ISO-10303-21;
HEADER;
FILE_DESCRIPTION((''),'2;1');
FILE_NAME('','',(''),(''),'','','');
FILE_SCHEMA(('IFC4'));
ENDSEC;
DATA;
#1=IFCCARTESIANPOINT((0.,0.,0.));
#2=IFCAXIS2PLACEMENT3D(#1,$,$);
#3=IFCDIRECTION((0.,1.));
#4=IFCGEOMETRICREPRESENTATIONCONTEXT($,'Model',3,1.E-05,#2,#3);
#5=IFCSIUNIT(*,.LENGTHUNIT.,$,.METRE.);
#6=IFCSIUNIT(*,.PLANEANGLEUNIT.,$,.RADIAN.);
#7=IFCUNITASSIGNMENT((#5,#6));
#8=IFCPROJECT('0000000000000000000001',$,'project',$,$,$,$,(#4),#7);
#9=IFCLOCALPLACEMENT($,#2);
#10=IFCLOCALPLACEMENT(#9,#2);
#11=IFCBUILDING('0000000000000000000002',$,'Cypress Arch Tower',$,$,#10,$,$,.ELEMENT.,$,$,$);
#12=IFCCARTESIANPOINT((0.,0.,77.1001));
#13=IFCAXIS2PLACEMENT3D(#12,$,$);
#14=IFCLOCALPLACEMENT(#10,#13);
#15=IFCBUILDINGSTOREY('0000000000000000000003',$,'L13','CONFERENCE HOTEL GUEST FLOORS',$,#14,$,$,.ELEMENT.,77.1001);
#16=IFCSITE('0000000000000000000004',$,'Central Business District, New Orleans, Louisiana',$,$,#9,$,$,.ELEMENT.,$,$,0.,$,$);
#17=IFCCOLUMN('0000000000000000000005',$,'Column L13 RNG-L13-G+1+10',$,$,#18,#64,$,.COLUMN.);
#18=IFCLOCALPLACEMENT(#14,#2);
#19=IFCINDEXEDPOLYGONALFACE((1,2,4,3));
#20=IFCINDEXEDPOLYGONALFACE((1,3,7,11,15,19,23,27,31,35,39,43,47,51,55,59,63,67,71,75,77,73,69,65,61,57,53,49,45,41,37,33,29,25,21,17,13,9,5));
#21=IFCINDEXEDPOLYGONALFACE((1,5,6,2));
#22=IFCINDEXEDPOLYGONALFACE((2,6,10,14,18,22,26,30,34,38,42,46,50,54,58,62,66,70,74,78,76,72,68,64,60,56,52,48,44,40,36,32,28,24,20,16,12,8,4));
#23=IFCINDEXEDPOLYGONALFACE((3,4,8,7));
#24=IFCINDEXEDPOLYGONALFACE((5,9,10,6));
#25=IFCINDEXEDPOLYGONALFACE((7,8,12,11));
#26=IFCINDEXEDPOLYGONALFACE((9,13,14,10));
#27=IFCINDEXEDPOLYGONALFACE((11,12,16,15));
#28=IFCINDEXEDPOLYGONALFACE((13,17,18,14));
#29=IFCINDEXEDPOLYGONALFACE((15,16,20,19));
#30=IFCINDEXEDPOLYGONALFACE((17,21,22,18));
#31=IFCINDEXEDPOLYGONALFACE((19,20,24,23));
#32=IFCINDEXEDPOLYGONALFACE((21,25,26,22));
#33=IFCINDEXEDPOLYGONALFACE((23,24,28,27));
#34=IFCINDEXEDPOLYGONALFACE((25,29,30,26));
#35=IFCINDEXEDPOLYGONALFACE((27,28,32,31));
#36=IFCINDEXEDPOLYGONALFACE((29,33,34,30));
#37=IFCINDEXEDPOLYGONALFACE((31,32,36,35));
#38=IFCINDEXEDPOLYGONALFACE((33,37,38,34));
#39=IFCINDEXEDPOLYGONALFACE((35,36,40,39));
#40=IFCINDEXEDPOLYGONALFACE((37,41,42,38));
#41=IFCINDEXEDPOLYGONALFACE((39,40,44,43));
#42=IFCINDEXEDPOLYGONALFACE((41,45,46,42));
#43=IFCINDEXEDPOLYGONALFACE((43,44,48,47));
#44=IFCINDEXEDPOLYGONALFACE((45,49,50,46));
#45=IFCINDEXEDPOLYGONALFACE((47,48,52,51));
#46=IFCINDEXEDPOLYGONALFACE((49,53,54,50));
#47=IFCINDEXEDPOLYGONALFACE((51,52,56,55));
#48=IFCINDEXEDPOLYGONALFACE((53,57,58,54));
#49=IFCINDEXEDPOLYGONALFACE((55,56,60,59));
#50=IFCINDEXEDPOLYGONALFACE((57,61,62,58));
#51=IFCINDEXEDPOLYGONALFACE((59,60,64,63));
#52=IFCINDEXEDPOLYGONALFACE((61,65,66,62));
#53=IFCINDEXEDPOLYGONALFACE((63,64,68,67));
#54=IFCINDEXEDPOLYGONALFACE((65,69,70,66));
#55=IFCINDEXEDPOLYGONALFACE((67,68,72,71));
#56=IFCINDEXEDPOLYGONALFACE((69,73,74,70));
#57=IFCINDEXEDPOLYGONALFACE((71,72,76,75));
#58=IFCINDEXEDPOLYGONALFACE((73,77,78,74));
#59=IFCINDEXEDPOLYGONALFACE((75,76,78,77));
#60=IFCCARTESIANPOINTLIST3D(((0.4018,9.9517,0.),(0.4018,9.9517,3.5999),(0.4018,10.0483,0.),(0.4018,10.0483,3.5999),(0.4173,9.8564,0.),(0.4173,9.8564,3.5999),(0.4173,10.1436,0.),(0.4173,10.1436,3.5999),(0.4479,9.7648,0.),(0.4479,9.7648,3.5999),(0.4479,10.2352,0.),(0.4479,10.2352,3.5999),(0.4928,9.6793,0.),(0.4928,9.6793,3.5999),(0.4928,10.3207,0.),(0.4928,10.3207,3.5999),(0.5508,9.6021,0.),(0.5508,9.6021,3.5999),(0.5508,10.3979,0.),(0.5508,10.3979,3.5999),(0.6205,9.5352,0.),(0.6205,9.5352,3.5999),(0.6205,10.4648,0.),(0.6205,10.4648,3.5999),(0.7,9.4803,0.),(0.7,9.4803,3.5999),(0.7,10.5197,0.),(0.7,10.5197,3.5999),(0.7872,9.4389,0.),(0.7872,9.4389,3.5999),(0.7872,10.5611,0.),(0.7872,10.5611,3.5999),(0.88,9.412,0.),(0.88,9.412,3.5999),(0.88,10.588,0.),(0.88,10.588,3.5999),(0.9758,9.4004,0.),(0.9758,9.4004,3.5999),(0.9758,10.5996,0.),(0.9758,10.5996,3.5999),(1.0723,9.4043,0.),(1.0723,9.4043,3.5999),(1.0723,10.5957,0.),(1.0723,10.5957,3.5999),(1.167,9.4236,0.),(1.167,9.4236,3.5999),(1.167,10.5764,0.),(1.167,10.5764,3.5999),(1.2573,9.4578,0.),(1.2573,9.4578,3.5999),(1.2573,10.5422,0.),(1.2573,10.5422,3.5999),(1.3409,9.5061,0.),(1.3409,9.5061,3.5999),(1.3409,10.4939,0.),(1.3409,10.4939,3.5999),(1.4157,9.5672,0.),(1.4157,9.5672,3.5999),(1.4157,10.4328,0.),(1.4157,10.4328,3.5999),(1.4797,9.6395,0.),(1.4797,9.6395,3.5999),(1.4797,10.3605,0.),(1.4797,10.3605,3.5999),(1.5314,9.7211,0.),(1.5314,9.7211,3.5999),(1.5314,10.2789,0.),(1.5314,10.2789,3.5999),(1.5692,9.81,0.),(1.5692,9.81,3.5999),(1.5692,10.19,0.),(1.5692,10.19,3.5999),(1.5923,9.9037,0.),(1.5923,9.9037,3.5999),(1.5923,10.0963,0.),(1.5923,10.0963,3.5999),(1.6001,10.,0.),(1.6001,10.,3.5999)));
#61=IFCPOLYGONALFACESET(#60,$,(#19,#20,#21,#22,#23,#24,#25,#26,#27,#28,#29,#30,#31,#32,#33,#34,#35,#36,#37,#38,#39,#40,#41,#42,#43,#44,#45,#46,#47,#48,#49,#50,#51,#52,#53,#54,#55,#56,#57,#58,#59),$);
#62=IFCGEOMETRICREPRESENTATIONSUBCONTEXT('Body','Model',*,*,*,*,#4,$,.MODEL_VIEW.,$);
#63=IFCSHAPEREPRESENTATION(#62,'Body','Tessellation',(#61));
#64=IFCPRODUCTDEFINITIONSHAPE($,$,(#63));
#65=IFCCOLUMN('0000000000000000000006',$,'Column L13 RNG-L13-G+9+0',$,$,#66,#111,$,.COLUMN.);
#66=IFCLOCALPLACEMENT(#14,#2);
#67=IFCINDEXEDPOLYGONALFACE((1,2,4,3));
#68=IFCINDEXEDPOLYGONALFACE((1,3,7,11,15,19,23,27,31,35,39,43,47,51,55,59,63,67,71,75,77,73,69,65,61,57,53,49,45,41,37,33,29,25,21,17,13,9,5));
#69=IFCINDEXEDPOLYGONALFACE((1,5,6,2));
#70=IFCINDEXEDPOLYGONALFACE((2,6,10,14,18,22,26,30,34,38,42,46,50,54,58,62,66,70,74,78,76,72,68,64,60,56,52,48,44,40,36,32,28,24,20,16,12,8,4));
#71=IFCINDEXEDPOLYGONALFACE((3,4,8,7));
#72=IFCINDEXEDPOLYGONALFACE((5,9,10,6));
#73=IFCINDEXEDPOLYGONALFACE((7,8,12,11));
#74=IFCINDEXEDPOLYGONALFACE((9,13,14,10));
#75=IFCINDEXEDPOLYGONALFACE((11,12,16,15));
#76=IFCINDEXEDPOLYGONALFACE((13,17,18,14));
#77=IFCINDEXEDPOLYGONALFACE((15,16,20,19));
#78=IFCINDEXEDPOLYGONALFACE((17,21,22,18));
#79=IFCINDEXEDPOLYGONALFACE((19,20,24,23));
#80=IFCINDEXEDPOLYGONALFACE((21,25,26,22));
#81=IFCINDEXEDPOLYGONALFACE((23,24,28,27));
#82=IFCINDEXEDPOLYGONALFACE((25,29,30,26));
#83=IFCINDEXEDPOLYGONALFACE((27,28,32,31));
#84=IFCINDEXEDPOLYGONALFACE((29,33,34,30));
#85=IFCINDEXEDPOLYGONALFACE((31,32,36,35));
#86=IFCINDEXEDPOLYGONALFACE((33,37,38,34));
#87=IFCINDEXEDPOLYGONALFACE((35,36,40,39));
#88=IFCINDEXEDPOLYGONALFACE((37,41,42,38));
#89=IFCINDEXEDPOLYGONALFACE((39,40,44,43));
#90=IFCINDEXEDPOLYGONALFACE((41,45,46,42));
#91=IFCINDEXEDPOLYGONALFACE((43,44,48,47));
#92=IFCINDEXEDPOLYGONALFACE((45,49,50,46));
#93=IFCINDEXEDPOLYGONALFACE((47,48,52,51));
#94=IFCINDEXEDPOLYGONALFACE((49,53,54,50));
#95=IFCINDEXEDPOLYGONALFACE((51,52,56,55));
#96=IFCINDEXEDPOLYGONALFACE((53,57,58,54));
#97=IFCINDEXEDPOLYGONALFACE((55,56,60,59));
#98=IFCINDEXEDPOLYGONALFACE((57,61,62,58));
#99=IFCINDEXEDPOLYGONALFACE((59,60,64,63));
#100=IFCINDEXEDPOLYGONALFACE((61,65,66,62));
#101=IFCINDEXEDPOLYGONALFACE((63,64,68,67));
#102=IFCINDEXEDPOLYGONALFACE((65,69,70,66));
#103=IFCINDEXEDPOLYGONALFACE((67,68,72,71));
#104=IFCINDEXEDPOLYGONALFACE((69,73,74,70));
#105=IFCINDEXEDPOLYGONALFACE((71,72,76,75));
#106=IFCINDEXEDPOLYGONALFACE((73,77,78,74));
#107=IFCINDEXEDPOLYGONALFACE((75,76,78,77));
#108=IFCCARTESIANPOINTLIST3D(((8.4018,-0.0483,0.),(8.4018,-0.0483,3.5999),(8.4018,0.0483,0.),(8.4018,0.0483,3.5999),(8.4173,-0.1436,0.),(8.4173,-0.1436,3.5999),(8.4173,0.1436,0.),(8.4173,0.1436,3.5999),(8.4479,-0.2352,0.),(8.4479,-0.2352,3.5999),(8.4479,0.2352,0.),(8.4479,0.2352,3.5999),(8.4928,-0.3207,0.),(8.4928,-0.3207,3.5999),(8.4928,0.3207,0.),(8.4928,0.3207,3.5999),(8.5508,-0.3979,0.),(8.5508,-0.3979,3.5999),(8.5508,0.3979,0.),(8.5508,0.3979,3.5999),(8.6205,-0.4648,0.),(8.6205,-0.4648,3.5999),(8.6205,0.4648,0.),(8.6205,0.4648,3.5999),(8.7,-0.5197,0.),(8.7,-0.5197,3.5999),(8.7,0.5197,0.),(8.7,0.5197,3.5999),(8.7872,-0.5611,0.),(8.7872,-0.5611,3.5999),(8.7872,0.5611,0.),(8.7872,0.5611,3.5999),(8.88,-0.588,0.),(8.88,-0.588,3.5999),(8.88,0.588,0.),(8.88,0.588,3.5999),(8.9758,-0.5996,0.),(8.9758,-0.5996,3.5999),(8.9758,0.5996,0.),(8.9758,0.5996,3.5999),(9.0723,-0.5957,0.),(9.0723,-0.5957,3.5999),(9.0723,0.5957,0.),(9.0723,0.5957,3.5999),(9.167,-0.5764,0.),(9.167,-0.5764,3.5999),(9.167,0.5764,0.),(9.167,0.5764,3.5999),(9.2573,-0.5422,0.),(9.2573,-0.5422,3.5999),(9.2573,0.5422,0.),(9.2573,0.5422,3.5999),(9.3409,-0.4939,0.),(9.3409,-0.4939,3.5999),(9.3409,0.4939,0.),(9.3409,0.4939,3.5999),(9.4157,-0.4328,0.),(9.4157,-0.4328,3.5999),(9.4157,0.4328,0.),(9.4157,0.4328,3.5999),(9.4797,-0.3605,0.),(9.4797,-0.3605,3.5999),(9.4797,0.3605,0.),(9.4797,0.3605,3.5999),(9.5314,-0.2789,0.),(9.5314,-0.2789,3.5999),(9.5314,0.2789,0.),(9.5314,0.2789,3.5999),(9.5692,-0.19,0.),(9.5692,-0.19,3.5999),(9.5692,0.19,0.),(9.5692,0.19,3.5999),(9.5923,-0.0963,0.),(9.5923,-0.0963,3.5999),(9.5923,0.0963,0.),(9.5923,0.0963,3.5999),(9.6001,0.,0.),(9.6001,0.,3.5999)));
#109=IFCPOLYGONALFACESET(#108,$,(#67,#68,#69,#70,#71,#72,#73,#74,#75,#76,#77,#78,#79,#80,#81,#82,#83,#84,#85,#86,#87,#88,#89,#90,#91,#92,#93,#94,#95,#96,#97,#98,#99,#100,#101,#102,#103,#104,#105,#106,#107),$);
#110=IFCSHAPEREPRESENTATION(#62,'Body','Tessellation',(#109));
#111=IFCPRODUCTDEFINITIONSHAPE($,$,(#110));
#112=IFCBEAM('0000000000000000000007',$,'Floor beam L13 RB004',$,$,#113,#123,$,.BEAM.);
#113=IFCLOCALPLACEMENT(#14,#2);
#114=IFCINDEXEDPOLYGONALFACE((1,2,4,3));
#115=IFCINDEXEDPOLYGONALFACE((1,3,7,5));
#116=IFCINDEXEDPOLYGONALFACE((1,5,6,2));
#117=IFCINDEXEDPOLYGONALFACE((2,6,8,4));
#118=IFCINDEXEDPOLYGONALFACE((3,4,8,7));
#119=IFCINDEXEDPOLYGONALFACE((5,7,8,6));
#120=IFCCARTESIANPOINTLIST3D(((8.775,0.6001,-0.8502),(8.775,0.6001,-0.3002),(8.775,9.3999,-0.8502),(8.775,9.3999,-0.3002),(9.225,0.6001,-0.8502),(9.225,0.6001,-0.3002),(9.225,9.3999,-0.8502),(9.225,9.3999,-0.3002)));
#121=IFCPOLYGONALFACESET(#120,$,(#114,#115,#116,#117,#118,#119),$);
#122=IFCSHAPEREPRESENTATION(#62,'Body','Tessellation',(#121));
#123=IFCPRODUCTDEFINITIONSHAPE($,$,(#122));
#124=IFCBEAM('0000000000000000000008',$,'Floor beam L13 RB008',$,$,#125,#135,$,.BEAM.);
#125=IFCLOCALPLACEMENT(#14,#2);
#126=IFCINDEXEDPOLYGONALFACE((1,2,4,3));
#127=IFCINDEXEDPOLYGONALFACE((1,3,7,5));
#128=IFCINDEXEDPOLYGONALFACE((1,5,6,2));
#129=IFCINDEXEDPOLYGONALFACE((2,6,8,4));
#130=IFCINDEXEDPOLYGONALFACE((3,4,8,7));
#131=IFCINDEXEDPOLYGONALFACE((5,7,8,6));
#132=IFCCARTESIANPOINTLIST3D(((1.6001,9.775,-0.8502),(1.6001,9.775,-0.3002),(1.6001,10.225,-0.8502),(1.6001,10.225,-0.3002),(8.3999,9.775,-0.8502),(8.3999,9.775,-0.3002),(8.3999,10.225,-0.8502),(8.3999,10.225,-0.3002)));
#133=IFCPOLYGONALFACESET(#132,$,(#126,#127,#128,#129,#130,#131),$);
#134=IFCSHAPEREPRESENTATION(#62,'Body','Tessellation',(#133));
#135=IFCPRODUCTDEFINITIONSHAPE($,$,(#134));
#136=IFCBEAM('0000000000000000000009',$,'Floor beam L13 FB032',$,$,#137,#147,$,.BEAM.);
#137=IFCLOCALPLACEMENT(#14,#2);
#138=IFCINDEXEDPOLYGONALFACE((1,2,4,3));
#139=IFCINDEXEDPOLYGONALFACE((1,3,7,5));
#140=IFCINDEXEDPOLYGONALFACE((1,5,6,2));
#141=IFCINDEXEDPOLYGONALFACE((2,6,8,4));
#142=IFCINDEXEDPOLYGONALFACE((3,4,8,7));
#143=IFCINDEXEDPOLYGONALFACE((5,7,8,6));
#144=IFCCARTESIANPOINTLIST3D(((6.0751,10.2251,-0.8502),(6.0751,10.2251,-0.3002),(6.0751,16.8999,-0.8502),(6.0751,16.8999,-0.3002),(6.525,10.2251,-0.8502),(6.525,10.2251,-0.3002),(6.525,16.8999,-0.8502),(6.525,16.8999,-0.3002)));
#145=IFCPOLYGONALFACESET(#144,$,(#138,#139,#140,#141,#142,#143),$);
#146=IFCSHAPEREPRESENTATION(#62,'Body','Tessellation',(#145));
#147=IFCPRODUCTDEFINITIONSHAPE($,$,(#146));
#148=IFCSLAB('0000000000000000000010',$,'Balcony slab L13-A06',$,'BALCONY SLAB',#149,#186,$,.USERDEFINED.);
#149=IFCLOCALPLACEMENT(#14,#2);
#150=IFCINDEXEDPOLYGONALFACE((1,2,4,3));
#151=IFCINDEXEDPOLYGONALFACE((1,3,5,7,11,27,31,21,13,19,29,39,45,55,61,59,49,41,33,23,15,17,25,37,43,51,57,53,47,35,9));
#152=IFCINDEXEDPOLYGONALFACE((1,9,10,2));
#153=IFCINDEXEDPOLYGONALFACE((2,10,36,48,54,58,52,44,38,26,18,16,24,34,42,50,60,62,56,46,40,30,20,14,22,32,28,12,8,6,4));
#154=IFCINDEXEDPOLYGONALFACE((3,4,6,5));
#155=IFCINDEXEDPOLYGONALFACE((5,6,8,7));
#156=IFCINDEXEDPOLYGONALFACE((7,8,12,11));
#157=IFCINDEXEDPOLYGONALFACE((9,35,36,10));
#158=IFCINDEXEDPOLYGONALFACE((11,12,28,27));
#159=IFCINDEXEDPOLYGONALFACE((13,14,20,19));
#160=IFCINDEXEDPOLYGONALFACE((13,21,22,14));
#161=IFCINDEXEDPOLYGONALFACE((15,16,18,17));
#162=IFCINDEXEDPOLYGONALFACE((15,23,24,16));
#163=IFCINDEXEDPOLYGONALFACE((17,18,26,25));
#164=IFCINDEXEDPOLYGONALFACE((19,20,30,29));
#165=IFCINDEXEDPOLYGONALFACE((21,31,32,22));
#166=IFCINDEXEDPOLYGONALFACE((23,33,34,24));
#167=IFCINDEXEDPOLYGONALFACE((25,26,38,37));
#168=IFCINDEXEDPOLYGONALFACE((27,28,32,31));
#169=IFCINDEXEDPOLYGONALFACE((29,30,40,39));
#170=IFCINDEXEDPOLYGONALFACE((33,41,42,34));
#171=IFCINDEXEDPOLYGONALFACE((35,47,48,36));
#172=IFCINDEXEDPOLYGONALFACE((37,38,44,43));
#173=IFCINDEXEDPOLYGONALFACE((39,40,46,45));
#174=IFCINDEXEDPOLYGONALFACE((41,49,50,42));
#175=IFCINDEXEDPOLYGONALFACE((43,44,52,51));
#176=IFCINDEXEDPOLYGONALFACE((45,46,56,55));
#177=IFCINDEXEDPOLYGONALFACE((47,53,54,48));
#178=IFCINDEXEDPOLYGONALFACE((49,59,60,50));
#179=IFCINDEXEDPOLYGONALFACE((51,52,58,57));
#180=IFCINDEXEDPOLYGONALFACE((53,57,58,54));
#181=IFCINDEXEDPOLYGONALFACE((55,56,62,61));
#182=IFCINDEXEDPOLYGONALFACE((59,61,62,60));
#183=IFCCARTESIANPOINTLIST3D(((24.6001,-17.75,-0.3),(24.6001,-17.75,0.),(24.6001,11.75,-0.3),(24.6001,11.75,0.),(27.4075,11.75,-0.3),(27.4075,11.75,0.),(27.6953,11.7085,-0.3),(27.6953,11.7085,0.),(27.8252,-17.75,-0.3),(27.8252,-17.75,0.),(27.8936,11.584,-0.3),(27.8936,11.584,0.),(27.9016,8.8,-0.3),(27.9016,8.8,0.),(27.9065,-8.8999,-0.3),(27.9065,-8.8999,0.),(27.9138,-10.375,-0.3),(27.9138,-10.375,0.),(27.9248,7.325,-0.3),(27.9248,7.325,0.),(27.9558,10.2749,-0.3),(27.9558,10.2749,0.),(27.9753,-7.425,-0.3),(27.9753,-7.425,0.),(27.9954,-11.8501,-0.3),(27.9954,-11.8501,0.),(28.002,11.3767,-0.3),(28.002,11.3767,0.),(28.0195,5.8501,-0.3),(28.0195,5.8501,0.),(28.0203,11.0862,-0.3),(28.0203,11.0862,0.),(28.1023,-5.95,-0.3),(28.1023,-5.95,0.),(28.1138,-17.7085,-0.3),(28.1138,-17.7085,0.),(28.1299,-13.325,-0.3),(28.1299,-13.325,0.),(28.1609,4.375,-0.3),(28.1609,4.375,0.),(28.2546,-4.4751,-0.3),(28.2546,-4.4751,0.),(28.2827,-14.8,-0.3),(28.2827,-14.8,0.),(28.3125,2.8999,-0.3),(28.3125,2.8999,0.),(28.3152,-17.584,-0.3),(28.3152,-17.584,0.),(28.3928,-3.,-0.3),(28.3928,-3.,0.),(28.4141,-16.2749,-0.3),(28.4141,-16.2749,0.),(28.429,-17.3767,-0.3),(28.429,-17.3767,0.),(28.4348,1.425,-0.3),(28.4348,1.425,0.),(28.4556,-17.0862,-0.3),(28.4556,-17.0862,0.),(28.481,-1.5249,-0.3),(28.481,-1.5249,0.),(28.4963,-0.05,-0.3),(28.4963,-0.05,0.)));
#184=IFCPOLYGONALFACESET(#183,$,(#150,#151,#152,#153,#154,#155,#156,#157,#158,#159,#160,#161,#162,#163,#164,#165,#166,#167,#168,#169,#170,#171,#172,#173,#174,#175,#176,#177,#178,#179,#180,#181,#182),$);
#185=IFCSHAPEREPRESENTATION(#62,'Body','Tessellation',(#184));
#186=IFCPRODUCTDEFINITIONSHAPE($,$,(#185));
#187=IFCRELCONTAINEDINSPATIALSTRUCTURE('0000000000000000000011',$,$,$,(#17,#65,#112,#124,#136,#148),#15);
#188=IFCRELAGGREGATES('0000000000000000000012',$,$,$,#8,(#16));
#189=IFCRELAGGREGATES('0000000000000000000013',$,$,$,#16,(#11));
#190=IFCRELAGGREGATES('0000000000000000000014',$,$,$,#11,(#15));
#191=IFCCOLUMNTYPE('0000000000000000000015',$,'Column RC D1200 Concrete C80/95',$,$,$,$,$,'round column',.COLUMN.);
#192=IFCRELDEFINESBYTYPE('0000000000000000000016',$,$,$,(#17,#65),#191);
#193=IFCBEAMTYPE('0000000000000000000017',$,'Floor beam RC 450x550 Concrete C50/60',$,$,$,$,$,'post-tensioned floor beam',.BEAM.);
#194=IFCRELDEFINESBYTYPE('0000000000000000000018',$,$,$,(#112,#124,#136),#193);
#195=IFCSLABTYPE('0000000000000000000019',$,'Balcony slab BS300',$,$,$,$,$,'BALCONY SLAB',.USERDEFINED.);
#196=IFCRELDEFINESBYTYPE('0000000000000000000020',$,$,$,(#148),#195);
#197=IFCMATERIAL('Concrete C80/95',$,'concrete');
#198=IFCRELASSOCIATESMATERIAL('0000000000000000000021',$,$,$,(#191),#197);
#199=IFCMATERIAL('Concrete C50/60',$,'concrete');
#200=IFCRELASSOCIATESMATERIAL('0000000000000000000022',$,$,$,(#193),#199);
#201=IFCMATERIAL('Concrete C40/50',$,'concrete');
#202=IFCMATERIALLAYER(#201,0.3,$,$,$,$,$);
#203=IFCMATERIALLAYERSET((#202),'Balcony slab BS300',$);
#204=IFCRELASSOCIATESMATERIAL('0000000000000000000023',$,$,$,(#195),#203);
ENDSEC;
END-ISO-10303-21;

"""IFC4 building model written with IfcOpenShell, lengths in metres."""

from ifc_helpers import new_model, si_unit, direction, frame, origin, origin_2d, place, context, subcontext, project, spatial, polyline, rectangle, circle, outline, extrude, material, layer, layer_set, material_profile, profile_set, type_object, element, save


model = new_model("IFC4")

# Units and contexts
model_context = context("Model", 3, precision=1e-05, world=origin(), true_north=direction((0.0, 1.0)))
body_context = subcontext(model_context, "Body", "Model", "MODEL_VIEW")
ifc_project = project(units=[si_unit("LENGTHUNIT", "METRE"), si_unit("PLANEANGLEUNIT", "RADIAN")], contexts=[model_context])

# Site, building, storey
site_placement = place(None, origin())
site = spatial("IfcSite", under=ifc_project, at=site_placement, Name="Central Business District, New Orleans, Louisiana", CompositionType="ELEMENT", RefElevation=0.0)
building_placement = place(site_placement, origin())
building = spatial("IfcBuilding", under=site, at=building_placement, Name="Cypress Arch Tower", CompositionType="ELEMENT")
storey_placement = place(building_placement, frame((0.0, 0.0, 77.1001)))
storey = spatial("IfcBuildingStorey", under=building, at=storey_placement, Name="L13", Description="CONFERENCE HOTEL GUEST FLOORS", CompositionType="ELEMENT", Elevation=77.1001)

# Columns
ifc_material_1 = material(Name="Concrete C80/95", Category="concrete")
ifc_material_profile_1 = material_profile(ifc_material_1, circle(Radius=0.6001, at=origin_2d()), Name="RC D1200")
ifc_profile_set_1 = profile_set([ifc_material_profile_1], Name="Concrete C80/95")
column_type = type_object("IfcColumnType", Name="Column RC D1200 Concrete C80/95", ElementType="round column", PredefinedType="COLUMN", material=ifc_profile_set_1)
for number, where, z_axis, x_axis, name in (
    (1, (1.0, 10.0, 0.0), (0.0, 0.0, 1.0), (1.0, 0.0, 0.0), "Column L13 RNG-L13-G+1+10"),
    (2, (9.0, 0.0, 0.0), (0.0, 0.0, 1.0), (1.0, 0.0, 0.0), "Column L13 RNG-L13-G+9+0"),
):
    element("IfcColumn", number, at=place(storey_placement, frame(where, z_axis=z_axis, x_axis=x_axis)), inside=storey, type_object=column_type, Name=name, PredefinedType="COLUMN", context=body_context, shape_type="SweptSolid", body=[
        extrude(circle(Radius=0.6001, at=origin_2d()), origin(), (0.0, 0.0, 1.0), 3.5999),
    ])

# Beams
ifc_material_2 = material(Name="Concrete C50/60", Category="concrete")
ifc_material_profile_2 = material_profile(ifc_material_2, rectangle(XDim=0.45, YDim=0.55, at=origin_2d()), Name="RC 450x550")
ifc_profile_set_2 = profile_set([ifc_material_profile_2], Name="Concrete C50/60")
beam_type = type_object("IfcBeamType", Name="Floor beam RC 450x550 Concrete C50/60", ElementType="post-tensioned floor beam", PredefinedType="BEAM", material=ifc_profile_set_2)
beam_1_placement = place(storey_placement, frame((9.0, 0.6001, -0.5752), z_axis=(0.0, 1.0, 0.0), x_axis=(-1.0, 0.0, 0.0)))
element("IfcBeam", 3, at=beam_1_placement, inside=storey, type_object=beam_type, Name="Floor beam L13 RB004", PredefinedType="BEAM", context=body_context, shape_type="SweptSolid", body=[
    extrude(rectangle(XDim=0.45, YDim=0.55, at=origin_2d()), origin(), (0.0, 0.0, 1.0), 8.7998),
])
beam_2_placement = place(storey_placement, frame((1.6001, 10.0, -0.5752), z_axis=(1.0, 0.0, 0.0), x_axis=(0.0, 1.0, 0.0)))
element("IfcBeam", 4, at=beam_2_placement, inside=storey, type_object=beam_type, Name="Floor beam L13 RB008", PredefinedType="BEAM", context=body_context, shape_type="SweptSolid", body=[
    extrude(rectangle(XDim=0.45, YDim=0.55, at=origin_2d()), origin(), (0.0, 0.0, 1.0), 6.7998),
])
beam_3_placement = place(storey_placement, frame((6.3, 10.2251, -0.5752), z_axis=(0.0, 1.0, 0.0), x_axis=(-1.0, 0.0, 0.0)))
element("IfcBeam", 5, at=beam_3_placement, inside=storey, type_object=beam_type, Name="Floor beam L13 FB032", PredefinedType="BEAM", context=body_context, shape_type="SweptSolid", body=[
    extrude(rectangle(XDim=0.45, YDim=0.55, at=origin_2d()), origin(), (0.0, 0.0, 1.0), 6.6748),
])

# Slab
ifc_material_3 = material(Name="Concrete C40/50", Category="concrete")
ifc_layer_1 = layer(ifc_material_3, 0.3)
ifc_layer_set_1 = layer_set([ifc_layer_1], Name="Balcony slab BS300")
slab_type_1 = type_object("IfcSlabType", Name="Balcony slab BS300", ElementType="BALCONY SLAB", PredefinedType="USERDEFINED", material=ifc_layer_set_1)
slab_1_placement = place(storey_placement, frame((0.0, 0.0, -0.3)))
element("IfcSlab", 6, at=slab_1_placement, inside=storey, type_object=slab_type_1, Name="Balcony slab L13-A06", ObjectType="BALCONY SLAB", PredefinedType="USERDEFINED", context=body_context, shape_type="SweptSolid", body=[
    extrude(outline(polyline([(24.6001, -17.75), (27.8252, -17.75), (28.1138, -17.7085), (28.3152, -17.584), (28.429, -17.3767), (28.4556, -17.0862), (28.4141, -16.2749), (28.2827, -14.8), (28.1299, -13.325), (27.9954, -11.8501), (27.9138, -10.375), (27.9065, -8.8999), (27.9753, -7.425), (28.1023, -5.95), (28.2546, -4.4751), (28.3928, -3.0), (28.481, -1.5249), (28.4963, -0.05), (28.4348, 1.425), (28.3125, 2.8999), (28.1609, 4.375), (28.0195, 5.8501), (27.9248, 7.325), (27.9016, 8.8), (27.9558, 10.2749), (28.0203, 11.0862), (28.002, 11.3767), (27.8936, 11.584), (27.6953, 11.7085), (27.4075, 11.75), (24.6001, 11.75), (24.6001, -17.75)])), origin(), (0.0, 0.0, 1.0), 0.3),
])

save(model, "model.ifc")
